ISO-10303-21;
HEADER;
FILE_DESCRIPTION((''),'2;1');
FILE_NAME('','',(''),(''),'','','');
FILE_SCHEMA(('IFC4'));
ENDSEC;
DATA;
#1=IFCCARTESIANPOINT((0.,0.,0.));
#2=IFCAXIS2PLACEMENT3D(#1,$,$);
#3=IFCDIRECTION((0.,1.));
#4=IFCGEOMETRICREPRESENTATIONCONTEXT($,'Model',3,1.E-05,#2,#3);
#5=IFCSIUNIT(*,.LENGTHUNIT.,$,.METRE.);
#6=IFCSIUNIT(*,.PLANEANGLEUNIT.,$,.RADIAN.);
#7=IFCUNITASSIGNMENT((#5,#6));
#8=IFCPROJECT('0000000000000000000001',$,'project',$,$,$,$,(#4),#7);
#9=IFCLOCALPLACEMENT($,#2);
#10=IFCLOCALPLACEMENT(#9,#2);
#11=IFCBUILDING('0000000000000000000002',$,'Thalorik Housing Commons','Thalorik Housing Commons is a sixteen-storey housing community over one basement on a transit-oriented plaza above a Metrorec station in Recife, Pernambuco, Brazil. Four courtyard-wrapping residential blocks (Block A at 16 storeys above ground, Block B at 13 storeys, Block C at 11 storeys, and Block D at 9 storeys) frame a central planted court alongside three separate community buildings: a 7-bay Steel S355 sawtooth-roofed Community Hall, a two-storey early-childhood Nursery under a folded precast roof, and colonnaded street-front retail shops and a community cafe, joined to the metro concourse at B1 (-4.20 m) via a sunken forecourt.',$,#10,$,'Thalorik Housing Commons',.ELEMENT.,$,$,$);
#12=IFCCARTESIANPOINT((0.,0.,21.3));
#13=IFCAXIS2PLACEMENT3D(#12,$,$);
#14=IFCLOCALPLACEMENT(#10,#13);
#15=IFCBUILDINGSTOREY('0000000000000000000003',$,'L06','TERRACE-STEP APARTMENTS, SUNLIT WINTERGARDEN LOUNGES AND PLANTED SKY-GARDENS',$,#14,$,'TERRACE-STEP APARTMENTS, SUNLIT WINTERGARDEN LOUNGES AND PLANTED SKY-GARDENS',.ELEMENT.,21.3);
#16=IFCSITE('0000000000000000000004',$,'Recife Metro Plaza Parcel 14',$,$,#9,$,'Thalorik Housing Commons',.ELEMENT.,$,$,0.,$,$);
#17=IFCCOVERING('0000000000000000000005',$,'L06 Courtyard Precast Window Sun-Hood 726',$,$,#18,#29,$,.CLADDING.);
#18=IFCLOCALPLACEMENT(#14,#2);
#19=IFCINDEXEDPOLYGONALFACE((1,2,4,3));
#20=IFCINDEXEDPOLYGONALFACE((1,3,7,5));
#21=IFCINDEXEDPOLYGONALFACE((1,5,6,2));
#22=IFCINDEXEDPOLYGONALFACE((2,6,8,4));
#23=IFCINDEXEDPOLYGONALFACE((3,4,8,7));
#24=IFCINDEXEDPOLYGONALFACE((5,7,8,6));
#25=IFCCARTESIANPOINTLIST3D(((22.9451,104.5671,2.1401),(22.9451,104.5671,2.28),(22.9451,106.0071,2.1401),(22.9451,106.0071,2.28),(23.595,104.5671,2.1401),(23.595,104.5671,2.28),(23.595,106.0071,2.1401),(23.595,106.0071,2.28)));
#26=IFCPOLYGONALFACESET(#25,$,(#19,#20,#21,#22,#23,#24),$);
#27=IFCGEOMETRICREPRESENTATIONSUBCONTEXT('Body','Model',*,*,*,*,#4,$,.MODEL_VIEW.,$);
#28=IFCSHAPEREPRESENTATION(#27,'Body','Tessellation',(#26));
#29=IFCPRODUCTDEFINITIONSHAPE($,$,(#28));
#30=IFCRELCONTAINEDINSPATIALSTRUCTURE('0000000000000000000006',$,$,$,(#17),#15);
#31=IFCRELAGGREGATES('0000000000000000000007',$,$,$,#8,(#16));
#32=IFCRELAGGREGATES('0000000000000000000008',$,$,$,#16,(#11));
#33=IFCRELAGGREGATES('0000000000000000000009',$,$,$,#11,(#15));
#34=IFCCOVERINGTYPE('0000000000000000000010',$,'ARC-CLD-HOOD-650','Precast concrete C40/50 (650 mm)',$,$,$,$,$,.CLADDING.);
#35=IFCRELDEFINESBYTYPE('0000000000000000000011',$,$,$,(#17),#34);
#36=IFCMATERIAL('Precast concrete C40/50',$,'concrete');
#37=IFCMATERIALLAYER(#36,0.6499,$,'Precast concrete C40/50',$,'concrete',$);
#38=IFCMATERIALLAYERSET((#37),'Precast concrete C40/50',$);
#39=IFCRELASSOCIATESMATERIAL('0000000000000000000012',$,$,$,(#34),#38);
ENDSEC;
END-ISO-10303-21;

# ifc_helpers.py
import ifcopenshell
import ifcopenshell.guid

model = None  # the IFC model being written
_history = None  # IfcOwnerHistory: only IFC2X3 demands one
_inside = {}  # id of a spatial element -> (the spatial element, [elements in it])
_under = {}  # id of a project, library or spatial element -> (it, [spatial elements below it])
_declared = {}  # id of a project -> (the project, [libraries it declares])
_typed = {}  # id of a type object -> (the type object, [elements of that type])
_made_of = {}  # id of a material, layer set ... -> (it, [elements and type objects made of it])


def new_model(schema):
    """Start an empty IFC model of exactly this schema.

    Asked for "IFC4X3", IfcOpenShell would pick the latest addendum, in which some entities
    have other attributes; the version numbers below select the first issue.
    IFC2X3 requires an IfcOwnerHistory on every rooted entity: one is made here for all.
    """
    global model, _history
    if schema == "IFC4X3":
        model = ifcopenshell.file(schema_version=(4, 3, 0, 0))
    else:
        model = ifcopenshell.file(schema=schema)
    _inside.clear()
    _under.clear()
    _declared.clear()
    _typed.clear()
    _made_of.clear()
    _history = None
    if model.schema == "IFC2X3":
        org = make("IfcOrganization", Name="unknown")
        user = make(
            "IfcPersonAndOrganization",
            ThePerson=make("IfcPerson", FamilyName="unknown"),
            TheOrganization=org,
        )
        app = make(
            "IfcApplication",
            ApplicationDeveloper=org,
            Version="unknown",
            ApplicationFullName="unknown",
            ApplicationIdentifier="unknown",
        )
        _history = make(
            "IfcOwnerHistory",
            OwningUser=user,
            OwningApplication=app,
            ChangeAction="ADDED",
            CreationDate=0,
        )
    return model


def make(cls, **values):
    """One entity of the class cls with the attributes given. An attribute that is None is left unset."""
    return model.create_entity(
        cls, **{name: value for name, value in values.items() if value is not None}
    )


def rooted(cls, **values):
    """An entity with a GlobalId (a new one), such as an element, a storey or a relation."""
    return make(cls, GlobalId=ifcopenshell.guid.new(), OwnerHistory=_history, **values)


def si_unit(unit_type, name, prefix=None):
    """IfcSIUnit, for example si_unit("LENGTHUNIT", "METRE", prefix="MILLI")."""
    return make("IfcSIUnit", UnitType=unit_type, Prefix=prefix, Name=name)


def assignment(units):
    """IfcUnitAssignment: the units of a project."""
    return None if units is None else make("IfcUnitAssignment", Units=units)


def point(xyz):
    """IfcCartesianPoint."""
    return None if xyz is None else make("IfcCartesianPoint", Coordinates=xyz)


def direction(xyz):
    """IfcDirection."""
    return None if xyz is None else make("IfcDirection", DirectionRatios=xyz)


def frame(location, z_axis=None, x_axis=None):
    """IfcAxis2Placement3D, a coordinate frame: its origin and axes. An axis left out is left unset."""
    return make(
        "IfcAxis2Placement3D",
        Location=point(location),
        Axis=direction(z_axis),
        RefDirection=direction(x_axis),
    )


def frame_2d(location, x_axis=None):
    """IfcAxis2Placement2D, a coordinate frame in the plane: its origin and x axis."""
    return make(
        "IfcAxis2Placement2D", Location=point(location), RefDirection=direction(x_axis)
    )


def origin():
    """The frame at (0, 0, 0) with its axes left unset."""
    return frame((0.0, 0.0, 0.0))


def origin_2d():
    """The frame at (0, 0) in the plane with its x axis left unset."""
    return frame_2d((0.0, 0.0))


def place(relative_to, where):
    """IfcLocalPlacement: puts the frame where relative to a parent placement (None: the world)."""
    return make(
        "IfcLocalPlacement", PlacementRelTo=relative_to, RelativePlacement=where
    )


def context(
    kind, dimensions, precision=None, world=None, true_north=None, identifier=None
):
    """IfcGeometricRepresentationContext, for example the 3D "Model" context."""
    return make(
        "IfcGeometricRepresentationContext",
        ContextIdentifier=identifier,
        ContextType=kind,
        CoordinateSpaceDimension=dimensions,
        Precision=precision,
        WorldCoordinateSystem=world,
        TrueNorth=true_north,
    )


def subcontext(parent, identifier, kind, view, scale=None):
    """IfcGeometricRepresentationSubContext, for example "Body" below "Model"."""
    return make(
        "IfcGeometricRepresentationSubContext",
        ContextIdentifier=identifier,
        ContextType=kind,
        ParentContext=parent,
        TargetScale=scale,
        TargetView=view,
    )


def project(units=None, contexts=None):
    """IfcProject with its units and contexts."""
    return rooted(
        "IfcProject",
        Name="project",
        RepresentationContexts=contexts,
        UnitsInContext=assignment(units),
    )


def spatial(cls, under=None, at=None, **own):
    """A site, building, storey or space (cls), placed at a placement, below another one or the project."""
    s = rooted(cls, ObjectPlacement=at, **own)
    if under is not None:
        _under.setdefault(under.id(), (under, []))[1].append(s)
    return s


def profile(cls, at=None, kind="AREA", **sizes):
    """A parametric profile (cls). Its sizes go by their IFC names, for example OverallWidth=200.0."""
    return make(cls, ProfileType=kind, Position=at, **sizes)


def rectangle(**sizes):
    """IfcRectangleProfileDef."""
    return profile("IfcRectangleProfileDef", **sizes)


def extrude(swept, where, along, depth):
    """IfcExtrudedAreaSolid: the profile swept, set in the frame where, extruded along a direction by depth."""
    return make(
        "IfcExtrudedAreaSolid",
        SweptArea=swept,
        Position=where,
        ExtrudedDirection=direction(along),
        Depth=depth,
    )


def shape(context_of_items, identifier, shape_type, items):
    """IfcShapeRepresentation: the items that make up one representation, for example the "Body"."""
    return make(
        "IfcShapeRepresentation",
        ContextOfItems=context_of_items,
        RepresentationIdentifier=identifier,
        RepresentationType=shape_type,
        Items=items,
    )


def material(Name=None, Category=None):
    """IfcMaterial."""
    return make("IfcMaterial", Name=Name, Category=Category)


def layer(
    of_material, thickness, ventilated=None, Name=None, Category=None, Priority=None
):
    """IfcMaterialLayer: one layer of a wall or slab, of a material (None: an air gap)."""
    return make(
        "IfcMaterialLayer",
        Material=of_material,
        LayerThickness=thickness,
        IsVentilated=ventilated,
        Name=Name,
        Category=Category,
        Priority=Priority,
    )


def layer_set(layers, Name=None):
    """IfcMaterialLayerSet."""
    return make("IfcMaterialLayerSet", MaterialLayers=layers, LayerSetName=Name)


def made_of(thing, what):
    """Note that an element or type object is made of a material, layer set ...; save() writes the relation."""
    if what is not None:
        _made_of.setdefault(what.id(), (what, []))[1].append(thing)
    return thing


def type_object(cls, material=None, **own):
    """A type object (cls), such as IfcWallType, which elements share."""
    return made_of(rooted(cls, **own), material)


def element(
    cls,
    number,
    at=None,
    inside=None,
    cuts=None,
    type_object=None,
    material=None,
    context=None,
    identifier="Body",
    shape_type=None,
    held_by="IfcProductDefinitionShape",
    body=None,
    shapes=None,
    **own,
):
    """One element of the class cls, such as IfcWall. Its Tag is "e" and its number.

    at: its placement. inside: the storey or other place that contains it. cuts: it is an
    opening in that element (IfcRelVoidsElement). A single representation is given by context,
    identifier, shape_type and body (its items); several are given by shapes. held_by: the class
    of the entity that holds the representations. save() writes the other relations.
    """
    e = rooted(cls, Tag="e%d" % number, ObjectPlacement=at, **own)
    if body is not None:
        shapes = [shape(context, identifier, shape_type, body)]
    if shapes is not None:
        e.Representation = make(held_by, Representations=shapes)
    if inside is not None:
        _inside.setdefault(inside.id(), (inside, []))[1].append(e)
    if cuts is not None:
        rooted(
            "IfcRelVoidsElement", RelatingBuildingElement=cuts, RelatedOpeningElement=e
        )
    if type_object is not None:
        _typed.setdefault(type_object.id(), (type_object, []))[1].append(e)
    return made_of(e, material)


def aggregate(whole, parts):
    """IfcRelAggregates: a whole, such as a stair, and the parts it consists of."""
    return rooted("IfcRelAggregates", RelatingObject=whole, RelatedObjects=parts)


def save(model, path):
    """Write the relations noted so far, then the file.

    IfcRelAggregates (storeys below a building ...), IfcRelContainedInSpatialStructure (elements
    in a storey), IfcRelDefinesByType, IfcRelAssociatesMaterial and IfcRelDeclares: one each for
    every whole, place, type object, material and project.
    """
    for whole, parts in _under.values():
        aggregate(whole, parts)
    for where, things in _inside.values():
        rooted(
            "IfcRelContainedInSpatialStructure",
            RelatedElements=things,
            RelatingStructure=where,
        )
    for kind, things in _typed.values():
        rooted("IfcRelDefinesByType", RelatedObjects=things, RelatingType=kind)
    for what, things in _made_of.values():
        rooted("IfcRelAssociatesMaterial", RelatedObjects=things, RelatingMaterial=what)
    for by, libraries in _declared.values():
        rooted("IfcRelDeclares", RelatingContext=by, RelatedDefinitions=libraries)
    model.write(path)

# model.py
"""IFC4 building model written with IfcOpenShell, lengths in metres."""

from ifc_helpers import new_model, si_unit, direction, frame, origin, origin_2d, place, context, subcontext, project, spatial, rectangle, extrude, material, layer, layer_set, type_object, element, save


model = new_model("IFC4")

# Units and contexts
model_context = context("Model", 3, precision=1e-05, world=origin(), true_north=direction((0.0, 1.0)))
body_context = subcontext(model_context, "Body", "Model", "MODEL_VIEW")
ifc_project = project(units=[si_unit("LENGTHUNIT", "METRE"), si_unit("PLANEANGLEUNIT", "RADIAN")], contexts=[model_context])

# Site, building, storey
site_placement = place(None, origin())
site = spatial("IfcSite", under=ifc_project, at=site_placement, Name="Recife Metro Plaza Parcel 14", LongName="Thalorik Housing Commons", CompositionType="ELEMENT", RefElevation=0.0)
building_placement = place(site_placement, origin())
building = spatial("IfcBuilding", under=site, at=building_placement, Name="Thalorik Housing Commons", Description="Thalorik Housing Commons is a sixteen-storey housing community over one basement on a transit-oriented plaza above a Metrorec station in Recife, Pernambuco, Brazil. Four courtyard-wrapping residential blocks (Block A at 16 storeys above ground, Block B at 13 storeys, Block C at 11 storeys, and Block D at 9 storeys) frame a central planted court alongside three separate community buildings: a 7-bay Steel S355 sawtooth-roofed Community Hall, a two-storey early-childhood Nursery under a folded precast roof, and colonnaded street-front retail shops and a community cafe, joined to the metro concourse at B1 (-4.20 m) via a sunken forecourt.", LongName="Thalorik Housing Commons", CompositionType="ELEMENT")
storey_placement = place(building_placement, frame((0.0, 0.0, 21.3)))
storey = spatial("IfcBuildingStorey", under=building, at=storey_placement, Name="L06", Description="TERRACE-STEP APARTMENTS, SUNLIT WINTERGARDEN LOUNGES AND PLANTED SKY-GARDENS", LongName="TERRACE-STEP APARTMENTS, SUNLIT WINTERGARDEN LOUNGES AND PLANTED SKY-GARDENS", CompositionType="ELEMENT", Elevation=21.3)

# Shared definitions
ifc_material_1 = material(Name="Precast concrete C40/50", Category="concrete")

# Covering
ifc_layer_1 = layer(ifc_material_1, 0.6499, Name="Precast concrete C40/50", Category="concrete")
ifc_layer_set_1 = layer_set([ifc_layer_1], Name="Precast concrete C40/50")
covering_type_1 = type_object("IfcCoveringType", Name="ARC-CLD-HOOD-650", Description="Precast concrete C40/50 (650 mm)", PredefinedType="CLADDING", material=ifc_layer_set_1)
covering_1_placement = place(storey_placement, frame((23.27, 105.2871, 2.1401), z_axis=(0.0, 0.0, 1.0), x_axis=(0.0, 1.0, 0.0)))
element("IfcCovering", 1, at=covering_1_placement, inside=storey, type_object=covering_type_1, Name="L06 Courtyard Precast Window Sun-Hood 726", PredefinedType="CLADDING", context=body_context, shape_type="SweptSolid", body=[
    extrude(rectangle(XDim=1.4399, YDim=0.6499, at=origin_2d()), origin(), (0.0, 0.0, 1.0), 0.1399),
])

save(model, "model.ifc")
